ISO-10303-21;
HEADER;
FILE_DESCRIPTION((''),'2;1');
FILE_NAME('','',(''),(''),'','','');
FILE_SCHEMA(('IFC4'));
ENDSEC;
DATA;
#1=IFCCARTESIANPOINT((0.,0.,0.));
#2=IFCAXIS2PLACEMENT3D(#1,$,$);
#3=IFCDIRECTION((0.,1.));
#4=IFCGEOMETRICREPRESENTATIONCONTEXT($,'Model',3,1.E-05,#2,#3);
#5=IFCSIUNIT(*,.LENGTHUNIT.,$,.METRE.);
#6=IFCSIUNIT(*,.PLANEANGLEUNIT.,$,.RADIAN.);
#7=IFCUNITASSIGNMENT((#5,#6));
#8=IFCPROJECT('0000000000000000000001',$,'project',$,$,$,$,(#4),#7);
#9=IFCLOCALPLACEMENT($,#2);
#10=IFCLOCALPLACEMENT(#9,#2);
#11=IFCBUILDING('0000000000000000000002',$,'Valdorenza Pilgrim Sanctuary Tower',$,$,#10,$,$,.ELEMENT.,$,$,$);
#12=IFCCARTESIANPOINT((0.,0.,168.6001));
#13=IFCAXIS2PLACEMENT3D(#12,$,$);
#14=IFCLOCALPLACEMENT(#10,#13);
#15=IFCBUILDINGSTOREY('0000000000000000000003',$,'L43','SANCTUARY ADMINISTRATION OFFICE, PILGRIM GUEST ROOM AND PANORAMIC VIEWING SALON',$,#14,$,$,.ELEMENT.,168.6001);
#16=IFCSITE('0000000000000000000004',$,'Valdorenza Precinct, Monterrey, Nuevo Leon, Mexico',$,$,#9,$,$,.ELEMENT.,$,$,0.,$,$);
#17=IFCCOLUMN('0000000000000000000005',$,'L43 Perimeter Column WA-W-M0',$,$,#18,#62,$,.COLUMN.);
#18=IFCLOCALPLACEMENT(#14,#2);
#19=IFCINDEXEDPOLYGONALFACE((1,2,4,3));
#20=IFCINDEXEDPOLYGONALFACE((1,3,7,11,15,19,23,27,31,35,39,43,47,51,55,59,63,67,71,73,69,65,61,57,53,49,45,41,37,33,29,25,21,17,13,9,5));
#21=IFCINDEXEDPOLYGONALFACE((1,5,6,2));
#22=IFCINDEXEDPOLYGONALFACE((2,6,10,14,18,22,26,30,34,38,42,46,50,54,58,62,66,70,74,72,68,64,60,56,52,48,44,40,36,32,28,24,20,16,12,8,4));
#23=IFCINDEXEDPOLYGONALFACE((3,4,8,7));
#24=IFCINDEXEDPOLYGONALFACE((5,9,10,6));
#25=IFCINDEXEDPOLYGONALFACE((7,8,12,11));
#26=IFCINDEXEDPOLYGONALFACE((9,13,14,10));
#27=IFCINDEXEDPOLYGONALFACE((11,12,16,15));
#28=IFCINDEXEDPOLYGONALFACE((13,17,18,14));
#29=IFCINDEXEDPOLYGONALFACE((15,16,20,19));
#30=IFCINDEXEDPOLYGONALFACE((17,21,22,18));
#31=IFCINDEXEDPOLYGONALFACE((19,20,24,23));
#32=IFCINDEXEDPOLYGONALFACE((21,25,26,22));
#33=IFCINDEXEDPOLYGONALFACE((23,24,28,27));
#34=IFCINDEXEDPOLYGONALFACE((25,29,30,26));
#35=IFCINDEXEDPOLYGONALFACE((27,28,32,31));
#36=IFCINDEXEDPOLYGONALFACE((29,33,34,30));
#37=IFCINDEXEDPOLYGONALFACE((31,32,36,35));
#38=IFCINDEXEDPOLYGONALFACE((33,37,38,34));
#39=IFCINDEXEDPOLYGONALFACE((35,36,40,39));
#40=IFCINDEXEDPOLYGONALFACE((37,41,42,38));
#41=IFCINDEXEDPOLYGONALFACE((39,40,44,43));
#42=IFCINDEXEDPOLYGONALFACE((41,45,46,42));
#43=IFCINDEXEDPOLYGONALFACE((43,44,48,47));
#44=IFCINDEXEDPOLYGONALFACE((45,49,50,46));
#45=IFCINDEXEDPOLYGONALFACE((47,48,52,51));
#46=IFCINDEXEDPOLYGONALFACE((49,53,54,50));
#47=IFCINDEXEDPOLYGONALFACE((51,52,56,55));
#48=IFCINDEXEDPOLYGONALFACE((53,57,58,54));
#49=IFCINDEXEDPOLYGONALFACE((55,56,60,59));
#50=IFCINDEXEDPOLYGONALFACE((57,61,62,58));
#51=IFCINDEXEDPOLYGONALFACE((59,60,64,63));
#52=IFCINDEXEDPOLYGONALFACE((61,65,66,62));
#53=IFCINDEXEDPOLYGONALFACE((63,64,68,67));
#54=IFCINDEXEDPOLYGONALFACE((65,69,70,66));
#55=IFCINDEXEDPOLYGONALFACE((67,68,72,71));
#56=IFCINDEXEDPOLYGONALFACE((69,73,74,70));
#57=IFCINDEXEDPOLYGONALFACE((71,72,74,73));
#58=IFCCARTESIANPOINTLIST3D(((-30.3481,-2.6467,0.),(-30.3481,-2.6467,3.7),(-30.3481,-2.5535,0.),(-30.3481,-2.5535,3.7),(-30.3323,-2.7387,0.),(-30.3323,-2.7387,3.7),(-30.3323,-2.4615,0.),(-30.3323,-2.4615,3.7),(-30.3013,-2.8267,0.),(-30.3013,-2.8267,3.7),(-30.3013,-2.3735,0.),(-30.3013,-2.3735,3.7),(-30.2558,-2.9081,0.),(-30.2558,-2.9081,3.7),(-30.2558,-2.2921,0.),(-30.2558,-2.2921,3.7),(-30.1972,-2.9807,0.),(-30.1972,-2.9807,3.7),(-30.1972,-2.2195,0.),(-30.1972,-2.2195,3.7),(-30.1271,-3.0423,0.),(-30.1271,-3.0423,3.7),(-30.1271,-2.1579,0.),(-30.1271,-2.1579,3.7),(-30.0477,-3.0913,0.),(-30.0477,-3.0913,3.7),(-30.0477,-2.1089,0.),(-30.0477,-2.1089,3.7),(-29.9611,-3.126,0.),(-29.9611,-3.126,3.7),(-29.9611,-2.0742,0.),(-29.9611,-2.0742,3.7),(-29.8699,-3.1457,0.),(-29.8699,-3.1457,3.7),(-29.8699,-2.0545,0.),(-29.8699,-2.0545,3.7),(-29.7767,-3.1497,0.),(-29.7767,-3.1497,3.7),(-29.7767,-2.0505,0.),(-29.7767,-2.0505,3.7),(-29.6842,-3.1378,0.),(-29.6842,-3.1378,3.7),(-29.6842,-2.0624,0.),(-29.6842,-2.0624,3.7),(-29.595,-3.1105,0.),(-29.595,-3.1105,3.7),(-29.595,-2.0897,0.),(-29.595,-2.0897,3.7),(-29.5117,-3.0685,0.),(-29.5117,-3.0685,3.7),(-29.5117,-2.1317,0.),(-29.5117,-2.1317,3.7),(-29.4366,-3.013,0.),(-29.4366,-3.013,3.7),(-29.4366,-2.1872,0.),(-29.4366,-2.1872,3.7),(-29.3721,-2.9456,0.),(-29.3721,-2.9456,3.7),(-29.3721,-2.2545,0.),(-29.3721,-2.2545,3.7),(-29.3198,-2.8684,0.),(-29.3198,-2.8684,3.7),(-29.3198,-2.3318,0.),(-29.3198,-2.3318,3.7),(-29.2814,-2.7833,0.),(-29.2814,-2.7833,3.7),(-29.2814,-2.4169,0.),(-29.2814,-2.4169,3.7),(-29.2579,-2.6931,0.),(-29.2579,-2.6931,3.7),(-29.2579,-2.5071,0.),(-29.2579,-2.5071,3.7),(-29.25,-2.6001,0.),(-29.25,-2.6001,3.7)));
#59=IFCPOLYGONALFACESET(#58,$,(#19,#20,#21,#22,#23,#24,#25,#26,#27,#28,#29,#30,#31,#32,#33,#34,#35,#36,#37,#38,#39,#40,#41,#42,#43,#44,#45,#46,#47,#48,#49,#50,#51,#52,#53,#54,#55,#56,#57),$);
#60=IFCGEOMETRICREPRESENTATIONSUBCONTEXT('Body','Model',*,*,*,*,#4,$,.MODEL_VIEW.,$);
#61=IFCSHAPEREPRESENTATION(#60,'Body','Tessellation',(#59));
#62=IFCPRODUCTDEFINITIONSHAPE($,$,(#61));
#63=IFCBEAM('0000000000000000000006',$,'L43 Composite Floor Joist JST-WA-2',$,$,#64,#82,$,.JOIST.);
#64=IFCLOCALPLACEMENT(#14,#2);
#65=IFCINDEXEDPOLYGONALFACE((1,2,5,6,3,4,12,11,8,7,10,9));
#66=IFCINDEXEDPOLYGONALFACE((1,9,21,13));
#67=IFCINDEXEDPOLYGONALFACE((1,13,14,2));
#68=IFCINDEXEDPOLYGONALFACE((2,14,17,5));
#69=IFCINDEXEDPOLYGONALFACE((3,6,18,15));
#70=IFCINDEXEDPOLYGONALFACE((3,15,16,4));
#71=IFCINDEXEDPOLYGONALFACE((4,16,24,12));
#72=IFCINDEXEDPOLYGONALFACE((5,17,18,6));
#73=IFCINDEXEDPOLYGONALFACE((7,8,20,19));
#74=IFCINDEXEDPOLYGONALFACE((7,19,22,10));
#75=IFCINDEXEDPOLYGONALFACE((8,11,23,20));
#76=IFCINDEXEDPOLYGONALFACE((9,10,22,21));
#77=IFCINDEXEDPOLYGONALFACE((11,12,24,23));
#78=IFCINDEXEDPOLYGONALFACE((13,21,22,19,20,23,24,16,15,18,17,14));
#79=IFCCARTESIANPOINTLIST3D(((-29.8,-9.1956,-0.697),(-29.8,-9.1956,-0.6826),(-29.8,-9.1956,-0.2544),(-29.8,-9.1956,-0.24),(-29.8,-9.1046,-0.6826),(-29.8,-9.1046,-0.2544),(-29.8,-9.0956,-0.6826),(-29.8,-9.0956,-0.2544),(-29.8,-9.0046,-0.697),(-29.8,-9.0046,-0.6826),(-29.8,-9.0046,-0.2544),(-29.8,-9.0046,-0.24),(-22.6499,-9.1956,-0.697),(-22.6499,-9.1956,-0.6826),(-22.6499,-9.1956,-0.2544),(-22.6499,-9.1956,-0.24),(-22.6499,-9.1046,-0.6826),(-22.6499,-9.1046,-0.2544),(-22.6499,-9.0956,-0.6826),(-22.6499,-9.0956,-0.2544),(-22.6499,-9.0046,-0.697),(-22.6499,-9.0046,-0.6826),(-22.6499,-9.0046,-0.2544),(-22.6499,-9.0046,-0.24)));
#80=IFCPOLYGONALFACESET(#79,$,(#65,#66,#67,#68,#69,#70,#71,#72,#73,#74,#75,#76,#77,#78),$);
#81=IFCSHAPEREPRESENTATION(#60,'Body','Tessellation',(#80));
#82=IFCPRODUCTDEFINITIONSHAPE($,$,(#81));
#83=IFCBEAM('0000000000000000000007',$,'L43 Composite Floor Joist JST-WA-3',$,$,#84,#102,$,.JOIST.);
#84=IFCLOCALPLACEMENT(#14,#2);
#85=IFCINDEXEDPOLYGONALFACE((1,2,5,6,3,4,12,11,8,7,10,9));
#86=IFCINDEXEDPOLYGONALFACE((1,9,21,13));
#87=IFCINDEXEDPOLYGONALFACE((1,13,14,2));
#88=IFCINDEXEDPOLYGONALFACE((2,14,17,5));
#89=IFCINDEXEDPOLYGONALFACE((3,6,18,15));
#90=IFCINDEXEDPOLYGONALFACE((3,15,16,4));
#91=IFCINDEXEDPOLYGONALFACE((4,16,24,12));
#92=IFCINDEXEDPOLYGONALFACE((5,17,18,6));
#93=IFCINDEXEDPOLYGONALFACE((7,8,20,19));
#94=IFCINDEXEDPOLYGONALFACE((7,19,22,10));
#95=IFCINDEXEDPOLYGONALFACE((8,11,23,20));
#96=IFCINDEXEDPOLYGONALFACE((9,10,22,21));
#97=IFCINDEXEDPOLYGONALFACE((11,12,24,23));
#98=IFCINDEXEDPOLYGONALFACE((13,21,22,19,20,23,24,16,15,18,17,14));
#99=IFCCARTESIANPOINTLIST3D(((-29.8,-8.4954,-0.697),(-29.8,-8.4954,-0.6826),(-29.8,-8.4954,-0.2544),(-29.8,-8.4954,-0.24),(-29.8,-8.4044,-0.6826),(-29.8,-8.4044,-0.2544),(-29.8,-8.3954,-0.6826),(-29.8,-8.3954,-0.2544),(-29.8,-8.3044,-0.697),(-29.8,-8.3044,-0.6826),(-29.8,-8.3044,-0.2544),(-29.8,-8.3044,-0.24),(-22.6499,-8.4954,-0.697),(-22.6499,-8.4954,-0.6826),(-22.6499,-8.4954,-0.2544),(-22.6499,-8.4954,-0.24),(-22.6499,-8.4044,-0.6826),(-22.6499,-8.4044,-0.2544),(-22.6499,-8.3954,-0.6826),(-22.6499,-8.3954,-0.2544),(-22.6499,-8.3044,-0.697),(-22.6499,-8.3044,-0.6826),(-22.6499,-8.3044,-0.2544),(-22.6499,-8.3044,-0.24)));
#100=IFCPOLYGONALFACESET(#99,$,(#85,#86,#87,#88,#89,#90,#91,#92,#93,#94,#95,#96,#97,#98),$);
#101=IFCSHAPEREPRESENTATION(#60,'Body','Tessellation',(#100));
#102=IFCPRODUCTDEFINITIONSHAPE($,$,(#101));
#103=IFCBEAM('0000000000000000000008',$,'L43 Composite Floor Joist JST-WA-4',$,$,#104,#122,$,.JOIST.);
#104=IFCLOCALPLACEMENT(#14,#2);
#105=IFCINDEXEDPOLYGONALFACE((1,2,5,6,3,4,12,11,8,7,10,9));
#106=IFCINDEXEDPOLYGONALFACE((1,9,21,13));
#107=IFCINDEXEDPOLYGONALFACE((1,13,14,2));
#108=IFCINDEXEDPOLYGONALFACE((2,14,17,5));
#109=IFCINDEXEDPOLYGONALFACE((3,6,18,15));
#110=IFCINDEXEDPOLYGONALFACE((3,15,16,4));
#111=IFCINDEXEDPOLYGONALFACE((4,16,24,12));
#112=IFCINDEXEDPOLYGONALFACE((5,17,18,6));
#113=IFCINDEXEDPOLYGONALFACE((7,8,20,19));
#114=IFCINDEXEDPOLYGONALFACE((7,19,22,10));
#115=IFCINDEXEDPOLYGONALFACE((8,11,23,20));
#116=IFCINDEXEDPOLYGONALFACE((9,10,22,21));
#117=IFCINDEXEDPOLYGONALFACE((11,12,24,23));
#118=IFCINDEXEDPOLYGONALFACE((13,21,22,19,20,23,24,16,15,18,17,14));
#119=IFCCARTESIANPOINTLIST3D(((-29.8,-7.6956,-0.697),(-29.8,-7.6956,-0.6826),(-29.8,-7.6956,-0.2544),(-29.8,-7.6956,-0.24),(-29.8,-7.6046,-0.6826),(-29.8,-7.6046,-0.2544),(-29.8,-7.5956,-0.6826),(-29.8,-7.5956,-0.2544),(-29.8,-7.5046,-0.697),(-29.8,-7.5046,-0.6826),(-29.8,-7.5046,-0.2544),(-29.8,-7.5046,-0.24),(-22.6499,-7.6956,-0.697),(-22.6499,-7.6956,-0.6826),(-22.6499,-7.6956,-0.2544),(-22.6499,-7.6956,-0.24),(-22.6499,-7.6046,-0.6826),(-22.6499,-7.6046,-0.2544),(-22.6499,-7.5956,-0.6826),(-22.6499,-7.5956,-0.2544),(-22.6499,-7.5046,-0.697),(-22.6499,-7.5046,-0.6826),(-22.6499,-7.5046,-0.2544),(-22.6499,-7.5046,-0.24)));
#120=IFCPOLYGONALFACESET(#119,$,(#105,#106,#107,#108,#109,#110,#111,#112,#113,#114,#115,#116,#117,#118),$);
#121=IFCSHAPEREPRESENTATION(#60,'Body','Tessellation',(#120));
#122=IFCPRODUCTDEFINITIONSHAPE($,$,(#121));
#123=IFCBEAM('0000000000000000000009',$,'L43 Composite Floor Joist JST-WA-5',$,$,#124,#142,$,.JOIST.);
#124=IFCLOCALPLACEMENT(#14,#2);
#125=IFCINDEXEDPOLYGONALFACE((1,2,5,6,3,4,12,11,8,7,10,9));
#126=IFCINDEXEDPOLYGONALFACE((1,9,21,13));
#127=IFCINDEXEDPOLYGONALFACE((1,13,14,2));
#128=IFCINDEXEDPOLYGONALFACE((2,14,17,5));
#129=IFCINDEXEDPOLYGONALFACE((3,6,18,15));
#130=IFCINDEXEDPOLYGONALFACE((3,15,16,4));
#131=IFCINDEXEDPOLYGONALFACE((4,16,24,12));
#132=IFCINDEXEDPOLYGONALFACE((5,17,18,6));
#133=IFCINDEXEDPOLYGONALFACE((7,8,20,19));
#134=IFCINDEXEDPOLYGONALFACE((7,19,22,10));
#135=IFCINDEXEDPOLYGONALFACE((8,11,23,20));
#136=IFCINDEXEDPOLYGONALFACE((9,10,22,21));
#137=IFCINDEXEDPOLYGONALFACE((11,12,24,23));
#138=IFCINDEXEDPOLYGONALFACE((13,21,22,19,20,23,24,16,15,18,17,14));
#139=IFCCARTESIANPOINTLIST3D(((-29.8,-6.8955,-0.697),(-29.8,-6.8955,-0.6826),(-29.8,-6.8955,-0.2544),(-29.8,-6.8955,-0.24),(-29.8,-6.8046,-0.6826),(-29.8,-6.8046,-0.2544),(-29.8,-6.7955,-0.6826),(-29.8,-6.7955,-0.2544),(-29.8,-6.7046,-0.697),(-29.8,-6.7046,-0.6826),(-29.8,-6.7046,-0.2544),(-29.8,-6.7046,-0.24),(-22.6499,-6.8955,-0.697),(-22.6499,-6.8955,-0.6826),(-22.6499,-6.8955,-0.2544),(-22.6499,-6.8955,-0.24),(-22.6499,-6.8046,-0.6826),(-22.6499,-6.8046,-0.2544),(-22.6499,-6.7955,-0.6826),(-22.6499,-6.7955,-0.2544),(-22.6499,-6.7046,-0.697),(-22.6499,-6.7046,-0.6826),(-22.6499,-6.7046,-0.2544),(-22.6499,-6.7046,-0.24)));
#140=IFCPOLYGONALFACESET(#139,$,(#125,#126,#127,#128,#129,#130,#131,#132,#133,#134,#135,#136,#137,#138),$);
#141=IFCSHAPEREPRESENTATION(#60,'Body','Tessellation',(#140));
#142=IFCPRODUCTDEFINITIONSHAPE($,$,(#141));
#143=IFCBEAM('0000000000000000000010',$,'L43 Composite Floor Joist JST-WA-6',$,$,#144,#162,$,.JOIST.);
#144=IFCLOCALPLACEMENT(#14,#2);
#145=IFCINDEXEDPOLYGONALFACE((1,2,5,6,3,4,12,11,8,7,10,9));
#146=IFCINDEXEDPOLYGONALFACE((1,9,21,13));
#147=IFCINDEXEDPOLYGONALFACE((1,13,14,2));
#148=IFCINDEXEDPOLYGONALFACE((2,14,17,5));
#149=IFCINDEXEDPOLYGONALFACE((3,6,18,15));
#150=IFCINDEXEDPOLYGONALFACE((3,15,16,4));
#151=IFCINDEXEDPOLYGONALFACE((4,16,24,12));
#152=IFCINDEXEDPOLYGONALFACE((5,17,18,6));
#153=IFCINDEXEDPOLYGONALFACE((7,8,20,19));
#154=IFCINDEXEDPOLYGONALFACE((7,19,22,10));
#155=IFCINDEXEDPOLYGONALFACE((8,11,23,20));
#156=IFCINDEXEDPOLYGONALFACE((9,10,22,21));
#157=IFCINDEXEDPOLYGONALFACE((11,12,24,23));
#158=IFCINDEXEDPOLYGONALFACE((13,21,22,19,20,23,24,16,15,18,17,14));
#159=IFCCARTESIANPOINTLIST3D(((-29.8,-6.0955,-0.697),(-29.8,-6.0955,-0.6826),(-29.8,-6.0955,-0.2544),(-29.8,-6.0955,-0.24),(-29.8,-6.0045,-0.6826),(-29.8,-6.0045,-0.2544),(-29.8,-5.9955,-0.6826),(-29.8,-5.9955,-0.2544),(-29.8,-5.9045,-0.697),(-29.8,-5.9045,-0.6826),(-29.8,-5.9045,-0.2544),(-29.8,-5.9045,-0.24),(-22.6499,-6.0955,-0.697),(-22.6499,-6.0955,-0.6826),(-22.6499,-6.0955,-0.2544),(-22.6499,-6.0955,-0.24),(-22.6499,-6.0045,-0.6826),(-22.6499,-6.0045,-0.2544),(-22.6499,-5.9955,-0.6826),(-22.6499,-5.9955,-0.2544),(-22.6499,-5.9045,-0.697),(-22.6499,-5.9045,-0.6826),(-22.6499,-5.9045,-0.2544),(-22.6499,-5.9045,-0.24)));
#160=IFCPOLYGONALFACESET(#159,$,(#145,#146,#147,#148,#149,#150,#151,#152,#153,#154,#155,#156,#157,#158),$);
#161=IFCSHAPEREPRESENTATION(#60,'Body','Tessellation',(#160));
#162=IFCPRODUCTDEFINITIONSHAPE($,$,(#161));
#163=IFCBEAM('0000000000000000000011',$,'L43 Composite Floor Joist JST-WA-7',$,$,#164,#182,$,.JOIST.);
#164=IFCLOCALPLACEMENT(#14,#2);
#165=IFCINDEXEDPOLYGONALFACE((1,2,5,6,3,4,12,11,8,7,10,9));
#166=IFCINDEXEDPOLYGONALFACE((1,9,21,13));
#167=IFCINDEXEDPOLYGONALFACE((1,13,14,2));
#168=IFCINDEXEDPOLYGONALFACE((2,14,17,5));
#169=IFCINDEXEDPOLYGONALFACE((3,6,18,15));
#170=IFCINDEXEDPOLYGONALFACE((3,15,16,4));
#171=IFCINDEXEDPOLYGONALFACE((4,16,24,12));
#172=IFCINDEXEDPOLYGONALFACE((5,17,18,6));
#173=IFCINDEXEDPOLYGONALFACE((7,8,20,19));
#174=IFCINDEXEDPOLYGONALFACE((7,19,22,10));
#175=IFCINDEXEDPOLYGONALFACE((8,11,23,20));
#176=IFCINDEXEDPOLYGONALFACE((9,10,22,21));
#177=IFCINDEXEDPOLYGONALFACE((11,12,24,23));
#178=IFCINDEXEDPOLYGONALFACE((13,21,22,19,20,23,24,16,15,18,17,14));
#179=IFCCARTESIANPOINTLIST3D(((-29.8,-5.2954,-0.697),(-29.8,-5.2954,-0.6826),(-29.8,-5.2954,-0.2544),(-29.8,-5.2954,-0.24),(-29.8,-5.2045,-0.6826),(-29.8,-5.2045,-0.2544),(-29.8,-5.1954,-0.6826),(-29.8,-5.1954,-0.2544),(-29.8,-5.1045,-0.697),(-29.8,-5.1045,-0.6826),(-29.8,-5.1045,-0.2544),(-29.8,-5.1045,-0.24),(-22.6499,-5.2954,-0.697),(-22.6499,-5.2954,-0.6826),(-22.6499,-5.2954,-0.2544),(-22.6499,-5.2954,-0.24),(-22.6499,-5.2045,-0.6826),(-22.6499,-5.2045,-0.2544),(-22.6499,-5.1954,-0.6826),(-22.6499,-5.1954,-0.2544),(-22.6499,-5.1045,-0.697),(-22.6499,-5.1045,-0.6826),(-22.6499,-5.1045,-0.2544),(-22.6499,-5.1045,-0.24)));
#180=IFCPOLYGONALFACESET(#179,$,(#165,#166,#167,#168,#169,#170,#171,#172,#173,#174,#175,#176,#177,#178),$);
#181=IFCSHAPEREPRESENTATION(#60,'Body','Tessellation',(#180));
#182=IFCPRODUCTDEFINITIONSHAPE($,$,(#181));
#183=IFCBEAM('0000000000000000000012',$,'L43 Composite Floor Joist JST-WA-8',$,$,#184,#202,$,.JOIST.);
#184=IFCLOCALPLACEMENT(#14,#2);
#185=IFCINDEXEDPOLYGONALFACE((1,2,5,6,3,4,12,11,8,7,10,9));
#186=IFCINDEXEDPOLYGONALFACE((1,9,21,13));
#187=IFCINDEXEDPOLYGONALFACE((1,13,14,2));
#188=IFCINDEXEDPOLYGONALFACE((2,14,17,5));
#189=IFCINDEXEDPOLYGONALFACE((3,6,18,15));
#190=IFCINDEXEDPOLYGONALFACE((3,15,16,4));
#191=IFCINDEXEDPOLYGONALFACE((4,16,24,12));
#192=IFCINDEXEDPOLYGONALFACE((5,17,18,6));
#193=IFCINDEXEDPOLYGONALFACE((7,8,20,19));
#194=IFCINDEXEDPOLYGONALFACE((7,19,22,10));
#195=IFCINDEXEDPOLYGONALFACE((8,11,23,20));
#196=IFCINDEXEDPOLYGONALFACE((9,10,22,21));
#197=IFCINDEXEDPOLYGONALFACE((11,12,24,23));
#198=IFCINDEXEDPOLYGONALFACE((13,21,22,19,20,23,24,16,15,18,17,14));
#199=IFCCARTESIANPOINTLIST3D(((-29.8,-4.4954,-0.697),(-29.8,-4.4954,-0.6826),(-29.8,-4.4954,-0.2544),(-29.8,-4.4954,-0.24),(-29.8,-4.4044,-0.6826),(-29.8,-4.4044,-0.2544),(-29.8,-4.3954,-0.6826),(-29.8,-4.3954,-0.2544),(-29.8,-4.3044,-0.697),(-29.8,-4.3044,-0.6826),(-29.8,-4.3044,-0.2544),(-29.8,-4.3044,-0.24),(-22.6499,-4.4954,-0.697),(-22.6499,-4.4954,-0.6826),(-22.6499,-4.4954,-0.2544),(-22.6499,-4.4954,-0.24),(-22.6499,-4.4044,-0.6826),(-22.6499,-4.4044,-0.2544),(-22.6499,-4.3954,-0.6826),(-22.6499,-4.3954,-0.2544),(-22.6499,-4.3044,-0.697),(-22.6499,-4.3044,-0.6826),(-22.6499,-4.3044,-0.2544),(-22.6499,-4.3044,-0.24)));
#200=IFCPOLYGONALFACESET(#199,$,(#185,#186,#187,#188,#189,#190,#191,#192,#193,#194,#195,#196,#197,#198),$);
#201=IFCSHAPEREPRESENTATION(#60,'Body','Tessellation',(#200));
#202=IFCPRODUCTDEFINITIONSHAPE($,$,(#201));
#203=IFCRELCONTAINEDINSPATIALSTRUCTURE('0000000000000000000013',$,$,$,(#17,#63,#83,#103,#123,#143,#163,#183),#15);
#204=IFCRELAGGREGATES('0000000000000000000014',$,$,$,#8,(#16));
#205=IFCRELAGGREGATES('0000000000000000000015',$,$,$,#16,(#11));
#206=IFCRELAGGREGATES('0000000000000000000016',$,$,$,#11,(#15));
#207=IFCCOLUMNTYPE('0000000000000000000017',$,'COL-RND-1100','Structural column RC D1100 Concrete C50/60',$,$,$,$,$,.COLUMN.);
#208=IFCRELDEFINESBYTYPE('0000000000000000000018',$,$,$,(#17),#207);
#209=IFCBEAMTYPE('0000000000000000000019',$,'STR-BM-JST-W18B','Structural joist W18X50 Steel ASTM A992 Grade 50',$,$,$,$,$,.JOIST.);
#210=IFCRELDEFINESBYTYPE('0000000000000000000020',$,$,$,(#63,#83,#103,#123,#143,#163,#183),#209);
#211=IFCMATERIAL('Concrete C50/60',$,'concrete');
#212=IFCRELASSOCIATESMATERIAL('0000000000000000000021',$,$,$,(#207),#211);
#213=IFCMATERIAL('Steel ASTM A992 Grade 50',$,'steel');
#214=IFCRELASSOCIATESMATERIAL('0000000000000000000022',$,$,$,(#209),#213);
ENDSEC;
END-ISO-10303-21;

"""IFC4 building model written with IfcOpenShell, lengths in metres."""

from ifc_helpers import new_model, si_unit, direction, frame, origin, origin_2d, place, context, subcontext, project, spatial, circle, i_section, extrude, source, transform, mapped, material, material_profile, profile_set, type_object, element, save


model = new_model("IFC4")

# Units and contexts
model_context = context("Model", 3, precision=1e-05, world=origin(), true_north=direction((0.0, 1.0)))
body_context = subcontext(model_context, "Body", "Model", "MODEL_VIEW")
ifc_project = project(units=[si_unit("LENGTHUNIT", "METRE"), si_unit("PLANEANGLEUNIT", "RADIAN")], contexts=[model_context])

# Site, building, storey
site_placement = place(None, origin())
site = spatial("IfcSite", under=ifc_project, at=site_placement, Name="Valdorenza Precinct, Monterrey, Nuevo Leon, Mexico", CompositionType="ELEMENT", RefElevation=0.0)
building_placement = place(site_placement, origin())
building = spatial("IfcBuilding", under=site, at=building_placement, Name="Valdorenza Pilgrim Sanctuary Tower", CompositionType="ELEMENT")
storey_placement = place(building_placement, frame((0.0, 0.0, 168.6001)))
storey = spatial("IfcBuildingStorey", under=building, at=storey_placement, Name="L43", Description="SANCTUARY ADMINISTRATION OFFICE, PILGRIM GUEST ROOM AND PANORAMIC VIEWING SALON", CompositionType="ELEMENT", Elevation=168.6001)

# Column
ifc_material_1 = material(Name="Concrete C50/60", Category="concrete")
ifc_material_profile_1 = material_profile(ifc_material_1, circle(Radius=0.55, at=origin_2d()), Name="RC D1100")
ifc_profile_set_1 = profile_set([ifc_material_profile_1], Name="Concrete C50/60")
column_type = type_object("IfcColumnType", Name="COL-RND-1100", Description="Structural column RC D1100 Concrete C50/60", PredefinedType="COLUMN", material=ifc_profile_set_1)
shared_shape_1 = source(origin(), body_context, "Body", "SweptSolid", [
    extrude(circle(Radius=0.55, at=origin_2d()), origin(), (0.0, 0.0, 1.0), 3.7),
])
column_placement = place(storey_placement, frame((-29.8, -2.6001, 0.0), z_axis=(0.0, 0.0, 1.0), x_axis=(1.0, 0.0, 0.0)))
element("IfcColumn", 1, at=column_placement, inside=storey, type_object=column_type, Name="L43 Perimeter Column WA-W-M0", PredefinedType="COLUMN", context=body_context, shape_type="MappedRepresentation", body=[
    mapped(shared_shape_1, transform((0.0, 0.0, 0.0), x_axis=(1.0, 0.0, 0.0), y_axis=(0.0, 1.0, 0.0), z_axis=(0.0, 0.0, 1.0), scale=1.0)),
])

# Beams
ifc_material_2 = material(Name="Steel ASTM A992 Grade 50", Category="steel")
ifc_material_profile_2 = material_profile(ifc_material_2, i_section(OverallWidth=0.1909, OverallDepth=0.457, WebThickness=0.009, FlangeThickness=0.0144, at=origin_2d()), Name="W18X50")
ifc_profile_set_2 = profile_set([ifc_material_profile_2], Name="Steel ASTM A992 Grade 50")
beam_type = type_object("IfcBeamType", Name="STR-BM-JST-W18B", Description="Structural joist W18X50 Steel ASTM A992 Grade 50", PredefinedType="JOIST", material=ifc_profile_set_2)
shared_shape_2 = source(origin(), body_context, "Body", "SweptSolid", [
    extrude(i_section(OverallWidth=0.1909, OverallDepth=0.457, WebThickness=0.009, FlangeThickness=0.0144, at=origin_2d()), origin(), (0.0, 0.0, 1.0), 7.1501),
])
for number, where, z_axis, x_axis, name in (
    (2, (-29.8, -9.1001, -0.4685), (1.0, 0.0, 0.0), (0.0, 1.0, 0.0), "L43 Composite Floor Joist JST-WA-2"),
    (3, (-29.8, -8.3999, -0.4685), (1.0, 0.0, 0.0), (0.0, 1.0, 0.0), "L43 Composite Floor Joist JST-WA-3"),
    (4, (-29.8, -7.6001, -0.4685), (1.0, 0.0, 0.0), (0.0, 1.0, 0.0), "L43 Composite Floor Joist JST-WA-4"),
    (5, (-29.8, -6.8, -0.4685), (1.0, 0.0, 0.0), (0.0, 1.0, 0.0), "L43 Composite Floor Joist JST-WA-5"),
    (6, (-29.8, -6.0, -0.4685), (1.0, 0.0, 0.0), (0.0, 1.0, 0.0), "L43 Composite Floor Joist JST-WA-6"),
    (7, (-29.8, -5.2, -0.4685), (1.0, 0.0, 0.0), (0.0, 1.0, 0.0), "L43 Composite Floor Joist JST-WA-7"),
    (8, (-29.8, -4.3999, -0.4685), (1.0, 0.0, 0.0), (0.0, 1.0, 0.0), "L43 Composite Floor Joist JST-WA-8"),
):
    element("IfcBeam", number, at=place(storey_placement, frame(where, z_axis=z_axis, x_axis=x_axis)), inside=storey, type_object=beam_type, Name=name, PredefinedType="JOIST", context=body_context, shape_type="MappedRepresentation", body=[
        mapped(shared_shape_2, transform((0.0, 0.0, 0.0), x_axis=(1.0, 0.0, 0.0), y_axis=(0.0, 1.0, 0.0), z_axis=(0.0, 0.0, 1.0), scale=1.0)),
    ])

save(model, "model.ifc")
